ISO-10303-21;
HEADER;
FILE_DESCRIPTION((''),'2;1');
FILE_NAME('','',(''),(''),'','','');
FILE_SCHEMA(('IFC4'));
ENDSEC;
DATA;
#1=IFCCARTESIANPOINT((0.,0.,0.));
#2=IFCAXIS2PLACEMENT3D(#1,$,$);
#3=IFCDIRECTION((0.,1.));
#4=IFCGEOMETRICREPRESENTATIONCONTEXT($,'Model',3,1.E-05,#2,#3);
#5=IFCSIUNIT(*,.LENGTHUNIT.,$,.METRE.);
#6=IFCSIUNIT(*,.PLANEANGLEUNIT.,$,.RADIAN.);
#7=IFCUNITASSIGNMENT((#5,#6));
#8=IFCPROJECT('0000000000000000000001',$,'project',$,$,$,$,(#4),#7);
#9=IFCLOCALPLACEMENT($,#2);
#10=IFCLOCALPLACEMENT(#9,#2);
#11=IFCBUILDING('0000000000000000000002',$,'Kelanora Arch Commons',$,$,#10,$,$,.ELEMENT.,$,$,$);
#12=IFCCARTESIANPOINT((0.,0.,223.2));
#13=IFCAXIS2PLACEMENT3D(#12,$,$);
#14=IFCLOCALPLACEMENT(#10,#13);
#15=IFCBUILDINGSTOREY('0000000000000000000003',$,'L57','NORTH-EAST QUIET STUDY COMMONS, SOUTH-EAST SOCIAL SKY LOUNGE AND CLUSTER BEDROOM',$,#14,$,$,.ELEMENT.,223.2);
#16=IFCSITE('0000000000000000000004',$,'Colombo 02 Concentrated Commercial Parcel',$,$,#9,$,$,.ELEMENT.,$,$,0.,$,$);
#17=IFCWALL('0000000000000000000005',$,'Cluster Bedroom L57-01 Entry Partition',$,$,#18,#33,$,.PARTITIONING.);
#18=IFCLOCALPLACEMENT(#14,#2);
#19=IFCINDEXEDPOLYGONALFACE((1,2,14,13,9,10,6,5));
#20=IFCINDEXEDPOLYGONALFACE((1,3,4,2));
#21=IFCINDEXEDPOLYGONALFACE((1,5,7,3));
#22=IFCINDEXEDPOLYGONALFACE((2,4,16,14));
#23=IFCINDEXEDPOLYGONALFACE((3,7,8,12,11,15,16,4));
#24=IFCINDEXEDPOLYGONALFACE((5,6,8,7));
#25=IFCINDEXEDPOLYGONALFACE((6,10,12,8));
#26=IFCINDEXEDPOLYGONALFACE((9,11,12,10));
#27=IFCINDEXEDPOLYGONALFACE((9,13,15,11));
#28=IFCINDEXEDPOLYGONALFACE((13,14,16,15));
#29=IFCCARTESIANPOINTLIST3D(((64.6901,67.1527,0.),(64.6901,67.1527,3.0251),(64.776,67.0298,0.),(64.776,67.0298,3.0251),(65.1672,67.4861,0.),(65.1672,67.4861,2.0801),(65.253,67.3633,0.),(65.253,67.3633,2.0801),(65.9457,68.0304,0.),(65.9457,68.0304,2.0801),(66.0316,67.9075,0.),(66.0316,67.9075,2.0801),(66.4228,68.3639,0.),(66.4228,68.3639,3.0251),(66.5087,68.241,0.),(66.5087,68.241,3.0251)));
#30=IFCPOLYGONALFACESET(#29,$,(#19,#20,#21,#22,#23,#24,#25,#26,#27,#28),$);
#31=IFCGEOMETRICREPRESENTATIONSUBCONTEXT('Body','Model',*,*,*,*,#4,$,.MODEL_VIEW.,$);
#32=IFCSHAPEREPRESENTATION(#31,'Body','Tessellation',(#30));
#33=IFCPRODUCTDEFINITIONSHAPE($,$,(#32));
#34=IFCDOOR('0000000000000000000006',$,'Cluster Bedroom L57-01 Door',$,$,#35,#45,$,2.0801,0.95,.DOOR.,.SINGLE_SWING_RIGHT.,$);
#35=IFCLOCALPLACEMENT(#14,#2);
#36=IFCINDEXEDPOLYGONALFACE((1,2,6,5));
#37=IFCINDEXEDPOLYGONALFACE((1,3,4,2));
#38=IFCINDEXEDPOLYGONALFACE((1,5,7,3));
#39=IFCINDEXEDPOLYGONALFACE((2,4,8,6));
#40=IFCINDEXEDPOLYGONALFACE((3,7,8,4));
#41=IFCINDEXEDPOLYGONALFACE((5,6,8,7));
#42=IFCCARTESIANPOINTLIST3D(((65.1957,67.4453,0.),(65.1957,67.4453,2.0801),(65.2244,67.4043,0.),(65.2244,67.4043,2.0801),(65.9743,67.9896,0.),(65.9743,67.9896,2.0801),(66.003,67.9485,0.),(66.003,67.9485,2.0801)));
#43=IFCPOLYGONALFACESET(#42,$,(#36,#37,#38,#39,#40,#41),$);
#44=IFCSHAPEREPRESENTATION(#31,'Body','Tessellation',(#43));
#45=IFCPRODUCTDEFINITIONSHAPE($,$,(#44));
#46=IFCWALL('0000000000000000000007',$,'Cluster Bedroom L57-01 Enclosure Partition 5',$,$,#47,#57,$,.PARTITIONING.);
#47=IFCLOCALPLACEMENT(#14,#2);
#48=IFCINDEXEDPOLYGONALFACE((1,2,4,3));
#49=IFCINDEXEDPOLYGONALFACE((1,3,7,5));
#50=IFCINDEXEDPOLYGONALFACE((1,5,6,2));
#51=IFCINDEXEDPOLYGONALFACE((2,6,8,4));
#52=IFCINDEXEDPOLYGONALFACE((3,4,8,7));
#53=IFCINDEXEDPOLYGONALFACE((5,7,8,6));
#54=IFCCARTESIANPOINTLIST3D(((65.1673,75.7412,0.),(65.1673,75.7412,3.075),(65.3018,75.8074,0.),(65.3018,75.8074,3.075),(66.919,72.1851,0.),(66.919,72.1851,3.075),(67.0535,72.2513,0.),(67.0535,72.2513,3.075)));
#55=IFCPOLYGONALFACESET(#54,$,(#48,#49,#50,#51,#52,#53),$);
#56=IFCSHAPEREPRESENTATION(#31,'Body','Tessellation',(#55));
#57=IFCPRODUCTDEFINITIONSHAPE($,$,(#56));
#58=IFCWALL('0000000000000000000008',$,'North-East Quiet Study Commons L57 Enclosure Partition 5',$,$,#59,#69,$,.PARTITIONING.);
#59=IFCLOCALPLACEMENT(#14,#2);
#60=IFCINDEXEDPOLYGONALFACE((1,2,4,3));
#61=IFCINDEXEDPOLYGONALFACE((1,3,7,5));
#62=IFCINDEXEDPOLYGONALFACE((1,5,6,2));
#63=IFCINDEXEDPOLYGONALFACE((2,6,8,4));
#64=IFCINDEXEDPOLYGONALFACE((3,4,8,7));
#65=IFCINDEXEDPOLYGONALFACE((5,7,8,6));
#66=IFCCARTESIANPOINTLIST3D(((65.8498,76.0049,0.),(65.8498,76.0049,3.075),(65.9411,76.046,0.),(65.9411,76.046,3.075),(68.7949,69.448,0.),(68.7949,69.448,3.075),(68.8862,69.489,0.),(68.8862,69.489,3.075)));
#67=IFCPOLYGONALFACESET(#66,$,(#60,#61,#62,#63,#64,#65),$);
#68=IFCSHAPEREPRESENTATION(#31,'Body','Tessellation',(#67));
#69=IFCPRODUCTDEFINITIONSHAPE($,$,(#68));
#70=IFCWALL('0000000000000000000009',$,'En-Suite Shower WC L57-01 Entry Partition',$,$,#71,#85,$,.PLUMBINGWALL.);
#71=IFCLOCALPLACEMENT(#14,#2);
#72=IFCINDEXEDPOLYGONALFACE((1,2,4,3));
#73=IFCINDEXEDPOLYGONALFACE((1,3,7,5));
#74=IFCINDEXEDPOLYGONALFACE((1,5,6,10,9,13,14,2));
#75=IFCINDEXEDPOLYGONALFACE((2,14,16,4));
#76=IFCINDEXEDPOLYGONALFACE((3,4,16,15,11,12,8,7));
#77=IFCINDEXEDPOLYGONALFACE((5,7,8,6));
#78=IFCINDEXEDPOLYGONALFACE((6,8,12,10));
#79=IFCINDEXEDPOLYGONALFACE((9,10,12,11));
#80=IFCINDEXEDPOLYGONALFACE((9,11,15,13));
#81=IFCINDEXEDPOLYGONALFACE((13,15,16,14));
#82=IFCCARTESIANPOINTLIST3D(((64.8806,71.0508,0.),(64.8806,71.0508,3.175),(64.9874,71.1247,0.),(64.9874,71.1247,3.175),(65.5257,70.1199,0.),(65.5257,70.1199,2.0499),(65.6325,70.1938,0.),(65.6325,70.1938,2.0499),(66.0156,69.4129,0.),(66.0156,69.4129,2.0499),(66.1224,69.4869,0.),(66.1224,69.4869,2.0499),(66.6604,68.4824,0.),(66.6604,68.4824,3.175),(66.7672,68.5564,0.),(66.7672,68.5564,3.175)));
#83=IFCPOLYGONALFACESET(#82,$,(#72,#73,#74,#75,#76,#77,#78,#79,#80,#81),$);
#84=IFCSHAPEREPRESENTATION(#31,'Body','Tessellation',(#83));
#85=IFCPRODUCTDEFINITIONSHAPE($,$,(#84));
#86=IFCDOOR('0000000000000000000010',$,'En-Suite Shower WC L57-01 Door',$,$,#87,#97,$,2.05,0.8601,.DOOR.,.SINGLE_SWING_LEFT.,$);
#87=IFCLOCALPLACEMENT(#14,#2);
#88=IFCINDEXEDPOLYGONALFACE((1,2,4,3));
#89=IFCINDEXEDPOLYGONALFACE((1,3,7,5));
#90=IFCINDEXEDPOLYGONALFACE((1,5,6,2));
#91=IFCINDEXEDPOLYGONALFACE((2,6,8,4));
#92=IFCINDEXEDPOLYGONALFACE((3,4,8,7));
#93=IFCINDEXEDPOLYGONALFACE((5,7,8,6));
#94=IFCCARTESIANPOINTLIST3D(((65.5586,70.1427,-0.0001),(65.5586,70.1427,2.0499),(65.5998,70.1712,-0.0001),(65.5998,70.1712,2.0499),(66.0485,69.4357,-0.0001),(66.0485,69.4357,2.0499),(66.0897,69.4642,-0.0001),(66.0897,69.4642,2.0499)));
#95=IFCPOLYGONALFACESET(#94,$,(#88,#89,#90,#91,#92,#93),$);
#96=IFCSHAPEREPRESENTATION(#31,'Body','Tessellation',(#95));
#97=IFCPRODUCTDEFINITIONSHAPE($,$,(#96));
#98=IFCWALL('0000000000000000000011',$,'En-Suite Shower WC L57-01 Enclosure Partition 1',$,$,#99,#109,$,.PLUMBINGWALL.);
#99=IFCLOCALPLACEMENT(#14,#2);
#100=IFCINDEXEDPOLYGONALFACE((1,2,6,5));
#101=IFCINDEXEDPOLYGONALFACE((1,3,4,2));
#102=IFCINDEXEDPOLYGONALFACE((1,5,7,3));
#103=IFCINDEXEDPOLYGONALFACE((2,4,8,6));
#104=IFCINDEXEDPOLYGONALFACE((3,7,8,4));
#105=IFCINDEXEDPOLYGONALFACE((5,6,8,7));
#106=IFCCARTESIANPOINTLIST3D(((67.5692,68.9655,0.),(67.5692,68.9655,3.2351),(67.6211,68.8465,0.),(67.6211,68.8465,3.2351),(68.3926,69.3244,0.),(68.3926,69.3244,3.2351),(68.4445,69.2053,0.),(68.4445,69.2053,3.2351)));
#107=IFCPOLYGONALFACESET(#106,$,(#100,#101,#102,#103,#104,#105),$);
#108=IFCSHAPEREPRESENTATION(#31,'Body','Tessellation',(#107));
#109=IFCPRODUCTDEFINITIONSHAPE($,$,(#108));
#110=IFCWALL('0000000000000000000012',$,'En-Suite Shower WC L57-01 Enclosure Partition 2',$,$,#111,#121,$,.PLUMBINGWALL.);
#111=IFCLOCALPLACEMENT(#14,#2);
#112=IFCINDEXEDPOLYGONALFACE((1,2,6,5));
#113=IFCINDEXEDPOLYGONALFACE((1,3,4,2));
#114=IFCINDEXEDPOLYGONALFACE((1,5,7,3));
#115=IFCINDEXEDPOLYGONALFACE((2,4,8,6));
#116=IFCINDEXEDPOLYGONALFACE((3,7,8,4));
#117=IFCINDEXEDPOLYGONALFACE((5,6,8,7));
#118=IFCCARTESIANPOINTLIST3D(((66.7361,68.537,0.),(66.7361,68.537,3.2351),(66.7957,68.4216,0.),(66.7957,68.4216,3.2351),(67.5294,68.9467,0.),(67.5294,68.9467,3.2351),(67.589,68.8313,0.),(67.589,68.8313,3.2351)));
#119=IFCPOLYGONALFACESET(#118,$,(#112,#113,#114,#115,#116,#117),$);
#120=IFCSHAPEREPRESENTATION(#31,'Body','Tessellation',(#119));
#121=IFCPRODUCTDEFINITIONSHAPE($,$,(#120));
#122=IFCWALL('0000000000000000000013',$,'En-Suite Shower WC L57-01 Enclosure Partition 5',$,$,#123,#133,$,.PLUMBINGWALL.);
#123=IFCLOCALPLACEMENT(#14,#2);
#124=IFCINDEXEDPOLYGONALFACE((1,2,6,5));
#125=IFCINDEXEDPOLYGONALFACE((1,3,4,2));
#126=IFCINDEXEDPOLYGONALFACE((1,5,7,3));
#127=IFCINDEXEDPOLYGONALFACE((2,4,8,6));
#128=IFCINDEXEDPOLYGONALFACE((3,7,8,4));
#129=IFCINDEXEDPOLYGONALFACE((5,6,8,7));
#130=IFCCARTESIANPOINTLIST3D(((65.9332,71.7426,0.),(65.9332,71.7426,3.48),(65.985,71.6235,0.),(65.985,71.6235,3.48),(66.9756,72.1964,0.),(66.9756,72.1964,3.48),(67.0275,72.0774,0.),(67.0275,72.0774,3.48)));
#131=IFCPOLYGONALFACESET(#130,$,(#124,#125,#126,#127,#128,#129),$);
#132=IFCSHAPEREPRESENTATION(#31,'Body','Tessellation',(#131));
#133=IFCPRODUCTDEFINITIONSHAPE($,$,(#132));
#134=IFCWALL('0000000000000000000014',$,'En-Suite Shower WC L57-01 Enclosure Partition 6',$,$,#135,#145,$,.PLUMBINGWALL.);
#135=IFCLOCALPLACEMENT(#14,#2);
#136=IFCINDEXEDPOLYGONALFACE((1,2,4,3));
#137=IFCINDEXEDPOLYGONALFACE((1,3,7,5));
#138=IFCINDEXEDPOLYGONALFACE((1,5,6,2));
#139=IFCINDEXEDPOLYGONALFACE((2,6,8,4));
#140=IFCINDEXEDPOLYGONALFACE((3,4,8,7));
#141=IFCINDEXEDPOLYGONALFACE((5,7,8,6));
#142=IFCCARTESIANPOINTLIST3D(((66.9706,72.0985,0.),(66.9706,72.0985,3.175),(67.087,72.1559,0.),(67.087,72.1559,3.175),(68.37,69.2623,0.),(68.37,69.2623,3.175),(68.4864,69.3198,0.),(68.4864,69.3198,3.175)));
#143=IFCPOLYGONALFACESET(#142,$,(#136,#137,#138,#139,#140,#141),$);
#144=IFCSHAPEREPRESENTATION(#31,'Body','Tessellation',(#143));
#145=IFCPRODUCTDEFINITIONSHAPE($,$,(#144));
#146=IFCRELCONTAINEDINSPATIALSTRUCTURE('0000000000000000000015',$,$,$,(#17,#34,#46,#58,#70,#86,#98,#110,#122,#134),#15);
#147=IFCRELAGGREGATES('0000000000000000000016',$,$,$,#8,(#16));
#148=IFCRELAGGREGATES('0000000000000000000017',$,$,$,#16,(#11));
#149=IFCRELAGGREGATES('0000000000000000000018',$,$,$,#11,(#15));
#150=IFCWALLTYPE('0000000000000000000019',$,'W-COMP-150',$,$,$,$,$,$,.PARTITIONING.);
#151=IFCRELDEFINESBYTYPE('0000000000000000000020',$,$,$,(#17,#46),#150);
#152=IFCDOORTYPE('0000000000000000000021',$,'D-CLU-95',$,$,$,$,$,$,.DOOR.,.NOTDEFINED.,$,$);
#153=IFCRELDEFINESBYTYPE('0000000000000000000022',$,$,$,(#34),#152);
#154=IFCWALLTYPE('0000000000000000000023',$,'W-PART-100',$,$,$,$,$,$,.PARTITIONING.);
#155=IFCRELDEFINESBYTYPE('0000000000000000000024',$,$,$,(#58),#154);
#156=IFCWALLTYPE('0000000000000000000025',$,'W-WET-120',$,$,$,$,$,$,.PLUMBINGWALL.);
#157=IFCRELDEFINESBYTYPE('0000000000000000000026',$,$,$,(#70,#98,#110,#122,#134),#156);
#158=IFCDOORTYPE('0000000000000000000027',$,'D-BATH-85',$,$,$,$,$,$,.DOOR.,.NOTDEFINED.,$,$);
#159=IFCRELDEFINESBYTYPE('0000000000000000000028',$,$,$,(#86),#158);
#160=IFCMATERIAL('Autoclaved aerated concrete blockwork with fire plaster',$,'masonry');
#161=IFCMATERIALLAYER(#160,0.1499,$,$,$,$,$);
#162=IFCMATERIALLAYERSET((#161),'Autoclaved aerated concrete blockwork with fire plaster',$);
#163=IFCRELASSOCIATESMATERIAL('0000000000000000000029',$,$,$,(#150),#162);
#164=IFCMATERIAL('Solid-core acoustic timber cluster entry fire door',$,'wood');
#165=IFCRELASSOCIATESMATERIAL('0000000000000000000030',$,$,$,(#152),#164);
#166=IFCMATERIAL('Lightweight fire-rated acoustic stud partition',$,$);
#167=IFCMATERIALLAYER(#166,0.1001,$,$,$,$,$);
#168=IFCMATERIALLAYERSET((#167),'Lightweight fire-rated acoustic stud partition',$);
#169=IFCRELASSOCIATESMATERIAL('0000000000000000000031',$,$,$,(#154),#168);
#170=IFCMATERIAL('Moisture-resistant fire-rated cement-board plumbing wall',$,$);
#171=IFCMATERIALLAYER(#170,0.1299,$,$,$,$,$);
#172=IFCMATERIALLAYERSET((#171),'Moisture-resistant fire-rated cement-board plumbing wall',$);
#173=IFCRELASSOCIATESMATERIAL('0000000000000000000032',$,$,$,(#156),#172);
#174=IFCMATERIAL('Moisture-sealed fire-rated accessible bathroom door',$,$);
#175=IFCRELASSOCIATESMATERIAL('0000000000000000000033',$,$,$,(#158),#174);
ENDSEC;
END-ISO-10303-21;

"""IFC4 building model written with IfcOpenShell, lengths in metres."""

from ifc_helpers import new_model, si_unit, direction, frame, frame_2d, origin, place, context, subcontext, project, spatial, rectangle, extrude, material, layer, layer_set, type_object, element, fill, save


model = new_model("IFC4")

# Units and contexts
model_context = context("Model", 3, precision=1e-05, world=origin(), true_north=direction((0.0, 1.0)))
body_context = subcontext(model_context, "Body", "Model", "MODEL_VIEW")
ifc_project = project(units=[si_unit("LENGTHUNIT", "METRE"), si_unit("PLANEANGLEUNIT", "RADIAN")], contexts=[model_context])

# Site, building, storey
site_placement = place(None, origin())
site = spatial("IfcSite", under=ifc_project, at=site_placement, Name="Colombo 02 Concentrated Commercial Parcel", CompositionType="ELEMENT", RefElevation=0.0)
building_placement = place(site_placement, origin())
building = spatial("IfcBuilding", under=site, at=building_placement, Name="Kelanora Arch Commons", CompositionType="ELEMENT")
storey_placement = place(building_placement, frame((0.0, 0.0, 223.2)))
storey = spatial("IfcBuildingStorey", under=building, at=storey_placement, Name="L57", Description="NORTH-EAST QUIET STUDY COMMONS, SOUTH-EAST SOCIAL SKY LOUNGE AND CLUSTER BEDROOM", CompositionType="ELEMENT", Elevation=223.2)

# Wall, opening, door
ifc_material_1 = material(Name="Autoclaved aerated concrete blockwork with fire plaster", Category="masonry")
ifc_layer_1 = layer(ifc_material_1, 0.1499)
ifc_layer_set_1 = layer_set([ifc_layer_1], Name="Autoclaved aerated concrete blockwork with fire plaster")
wall_type_1 = type_object("IfcWallType", Name="W-COMP-150", PredefinedType="PARTITIONING", material=ifc_layer_set_1)
wall_1_placement = place(storey_placement, frame((66.4658, 68.3025, 0.0), z_axis=(0.0, 0.0, 1.0), x_axis=(-0.819606, -0.572927, 0.0)))
wall_1 = element("IfcWall", 1, at=wall_1_placement, inside=storey, type_object=wall_type_1, Name="Cluster Bedroom L57-01 Entry Partition", PredefinedType="PARTITIONING", context=body_context, shape_type="SweptSolid", body=[
    extrude(rectangle(XDim=2.114, YDim=0.1499, at=frame_2d((1.0571, 0.0))), origin(), (0.0, 0.0, 1.0), 3.0251),
])
opening_1_placement = place(wall_1_placement, frame((0.582, 0.0, 0.0)))
opening_1 = element("IfcOpeningElement", 2, at=opening_1_placement, cuts=wall_1, PredefinedType="OPENING", context=body_context, shape_type="SweptSolid", body=[
    extrude(rectangle(XDim=0.95, YDim=2.0801, at=frame_2d((0.4751, 1.04))), frame((0.0, 0.085, 0.0), z_axis=(0.0, -1.0, 0.0), x_axis=(1.0, 0.0, 0.0)), (0.0, 0.0, 1.0), 0.1699),
])
ifc_material_2 = material(Name="Solid-core acoustic timber cluster entry fire door", Category="wood")
door_type_1 = type_object("IfcDoorType", Name="D-CLU-95", OperationType="NOTDEFINED", PredefinedType="DOOR", material=ifc_material_2)
door_1_placement = place(opening_1_placement, origin())
door_1 = element("IfcDoor", 3, at=door_1_placement, inside=storey, type_object=door_type_1, Name="Cluster Bedroom L57-01 Door", OperationType="SINGLE_SWING_RIGHT", OverallHeight=2.0801, OverallWidth=0.95, PredefinedType="DOOR", context=body_context, shape_type="SweptSolid", body=[
    extrude(rectangle(XDim=0.95, YDim=2.0801, at=frame_2d((0.4751, 1.04))), frame((0.0, 0.0249, 0.0), z_axis=(0.0, -1.0, 0.0), x_axis=(1.0, 0.0, 0.0)), (0.0, 0.0, 1.0), 0.05),
])
fill(opening_1, door_1)

# Walls
wall_2_placement = place(storey_placement, frame((65.2346, 75.7742, 0.0), z_axis=(0.0, 0.0, 1.0), x_axis=(0.441885, -0.897072, 0.0)))
element("IfcWall", 4, at=wall_2_placement, inside=storey, type_object=wall_type_1, Name="Cluster Bedroom L57-01 Enclosure Partition 5", PredefinedType="PARTITIONING", context=body_context, shape_type="SweptSolid", body=[
    extrude(rectangle(XDim=3.9641, YDim=0.1499, at=frame_2d((1.9819, 0.0))), origin(), (0.0, 0.0, 1.0), 3.075),
])
ifc_material_3 = material(Name="Lightweight fire-rated acoustic stud partition")
ifc_layer_2 = layer(ifc_material_3, 0.1001)
ifc_layer_set_2 = layer_set([ifc_layer_2], Name="Lightweight fire-rated acoustic stud partition")
wall_type_2 = type_object("IfcWallType", Name="W-PART-100", PredefinedType="PARTITIONING", material=ifc_layer_set_2)
wall_3_placement = place(storey_placement, frame((68.8406, 69.4685, 0.0), z_axis=(0.0, 0.0, 1.0), x_axis=(-0.409725, 0.912209, 0.0)))
element("IfcWall", 5, at=wall_3_placement, inside=storey, type_object=wall_type_2, Name="North-East Quiet Study Commons L57 Enclosure Partition 5", PredefinedType="PARTITIONING", context=body_context, shape_type="SweptSolid", body=[
    extrude(rectangle(XDim=7.188, YDim=0.1001, at=frame_2d((3.594, 0.0))), origin(), (0.0, 0.0, 1.0), 3.075),
])

# Wall, opening, door
ifc_material_4 = material(Name="Moisture-resistant fire-rated cement-board plumbing wall")
ifc_layer_3 = layer(ifc_material_4, 0.1299)
ifc_layer_set_3 = layer_set([ifc_layer_3], Name="Moisture-resistant fire-rated cement-board plumbing wall")
wall_type_3 = type_object("IfcWallType", Name="W-WET-120", PredefinedType="PLUMBINGWALL", material=ifc_layer_set_3)
wall_4_placement = place(storey_placement, frame((66.7139, 68.5193, 0.0), z_axis=(0.0, 0.0, 1.0), x_axis=(-0.569576, 0.821939, 0.0)))
wall_4 = element("IfcWall", 6, at=wall_4_placement, inside=storey, type_object=wall_type_3, Name="En-Suite Shower WC L57-01 Entry Partition", PredefinedType="PLUMBINGWALL", context=body_context, shape_type="SweptSolid", body=[
    extrude(rectangle(XDim=3.1248, YDim=0.1299, at=frame_2d((1.5625, 0.0))), origin(), (0.0, 0.0, 1.0), 3.175),
])
opening_2_placement = place(wall_4_placement, frame((1.1321, 0.0, 0.0)))
opening_2 = element("IfcOpeningElement", 7, at=opening_2_placement, cuts=wall_4, PredefinedType="OPENING", context=body_context, shape_type="SweptSolid", body=[
    extrude(rectangle(XDim=0.8601, YDim=2.05, at=frame_2d((0.4302, 1.0249))), frame((0.0, 0.075, 0.0), z_axis=(0.0, -1.0, 0.0), x_axis=(1.0, 0.0, 0.0)), (0.0, 0.0, 1.0), 0.1499),
])
ifc_material_5 = material(Name="Moisture-sealed fire-rated accessible bathroom door")
door_type_2 = type_object("IfcDoorType", Name="D-BATH-85", OperationType="NOTDEFINED", PredefinedType="DOOR", material=ifc_material_5)
door_2_placement = place(opening_2_placement, origin())
door_2 = element("IfcDoor", 8, at=door_2_placement, inside=storey, type_object=door_type_2, Name="En-Suite Shower WC L57-01 Door", OperationType="SINGLE_SWING_LEFT", OverallHeight=2.05, OverallWidth=0.8601, PredefinedType="DOOR", context=body_context, shape_type="SweptSolid", body=[
    extrude(rectangle(XDim=0.8601, YDim=2.05, at=frame_2d((0.4302, 1.0249))), frame((0.0, 0.0249, 0.0), z_axis=(0.0, -1.0, 0.0), x_axis=(1.0, 0.0, 0.0)), (0.0, 0.0, 1.0), 0.05),
])
fill(opening_2, door_2)

# Walls
wall_5_placement = place(storey_placement, frame((68.4187, 69.2649, 0.0), z_axis=(0.0, 0.0, 1.0), x_axis=(-0.916724, -0.399521, 0.0)))
element("IfcWall", 9, at=wall_5_placement, inside=storey, type_object=wall_type_3, Name="En-Suite Shower WC L57-01 Enclosure Partition 1", PredefinedType="PLUMBINGWALL", context=body_context, shape_type="SweptSolid", body=[
    extrude(rectangle(XDim=0.8982, YDim=0.1299, at=frame_2d((0.4492, 0.0))), origin(), (0.0, 0.0, 1.0), 3.2351),
])
wall_6_placement = place(storey_placement, frame((67.5591, 68.8889, 0.0), z_axis=(0.0, 0.0, 1.0), x_axis=(-0.888498, -0.45888, 0.0)))
element("IfcWall", 10, at=wall_6_placement, inside=storey, type_object=wall_type_3, Name="En-Suite Shower WC L57-01 Enclosure Partition 2", PredefinedType="PLUMBINGWALL", context=body_context, shape_type="SweptSolid", body=[
    extrude(rectangle(XDim=0.8928, YDim=0.1299, at=frame_2d((0.4463, 0.0))), origin(), (0.0, 0.0, 1.0), 3.2351),
])
wall_7_placement = place(storey_placement, frame((65.9592, 71.6831, 0.0), z_axis=(0.0, 0.0, 1.0), x_axis=(0.916875, 0.399174, 0.0)))
element("IfcWall", 11, at=wall_7_placement, inside=storey, type_object=wall_type_3, Name="En-Suite Shower WC L57-01 Enclosure Partition 5", PredefinedType="PLUMBINGWALL", context=body_context, shape_type="SweptSolid", body=[
    extrude(rectangle(XDim=1.137, YDim=0.1299, at=frame_2d((0.5684, 0.0))), origin(), (0.0, 0.0, 1.0), 3.48),
])
wall_8_placement = place(storey_placement, frame((67.0288, 72.1272, 0.0), z_axis=(0.0, 0.0, 1.0), x_axis=(0.442483, -0.896777, 0.0)))
element("IfcWall", 12, at=wall_8_placement, inside=storey, type_object=wall_type_3, Name="En-Suite Shower WC L57-01 Enclosure Partition 6", PredefinedType="PLUMBINGWALL", context=body_context, shape_type="SweptSolid", body=[
    extrude(rectangle(XDim=3.1626, YDim=0.1299, at=frame_2d((1.5813, 0.0))), origin(), (0.0, 0.0, 1.0), 3.175),
])

save(model, "model.ifc")
